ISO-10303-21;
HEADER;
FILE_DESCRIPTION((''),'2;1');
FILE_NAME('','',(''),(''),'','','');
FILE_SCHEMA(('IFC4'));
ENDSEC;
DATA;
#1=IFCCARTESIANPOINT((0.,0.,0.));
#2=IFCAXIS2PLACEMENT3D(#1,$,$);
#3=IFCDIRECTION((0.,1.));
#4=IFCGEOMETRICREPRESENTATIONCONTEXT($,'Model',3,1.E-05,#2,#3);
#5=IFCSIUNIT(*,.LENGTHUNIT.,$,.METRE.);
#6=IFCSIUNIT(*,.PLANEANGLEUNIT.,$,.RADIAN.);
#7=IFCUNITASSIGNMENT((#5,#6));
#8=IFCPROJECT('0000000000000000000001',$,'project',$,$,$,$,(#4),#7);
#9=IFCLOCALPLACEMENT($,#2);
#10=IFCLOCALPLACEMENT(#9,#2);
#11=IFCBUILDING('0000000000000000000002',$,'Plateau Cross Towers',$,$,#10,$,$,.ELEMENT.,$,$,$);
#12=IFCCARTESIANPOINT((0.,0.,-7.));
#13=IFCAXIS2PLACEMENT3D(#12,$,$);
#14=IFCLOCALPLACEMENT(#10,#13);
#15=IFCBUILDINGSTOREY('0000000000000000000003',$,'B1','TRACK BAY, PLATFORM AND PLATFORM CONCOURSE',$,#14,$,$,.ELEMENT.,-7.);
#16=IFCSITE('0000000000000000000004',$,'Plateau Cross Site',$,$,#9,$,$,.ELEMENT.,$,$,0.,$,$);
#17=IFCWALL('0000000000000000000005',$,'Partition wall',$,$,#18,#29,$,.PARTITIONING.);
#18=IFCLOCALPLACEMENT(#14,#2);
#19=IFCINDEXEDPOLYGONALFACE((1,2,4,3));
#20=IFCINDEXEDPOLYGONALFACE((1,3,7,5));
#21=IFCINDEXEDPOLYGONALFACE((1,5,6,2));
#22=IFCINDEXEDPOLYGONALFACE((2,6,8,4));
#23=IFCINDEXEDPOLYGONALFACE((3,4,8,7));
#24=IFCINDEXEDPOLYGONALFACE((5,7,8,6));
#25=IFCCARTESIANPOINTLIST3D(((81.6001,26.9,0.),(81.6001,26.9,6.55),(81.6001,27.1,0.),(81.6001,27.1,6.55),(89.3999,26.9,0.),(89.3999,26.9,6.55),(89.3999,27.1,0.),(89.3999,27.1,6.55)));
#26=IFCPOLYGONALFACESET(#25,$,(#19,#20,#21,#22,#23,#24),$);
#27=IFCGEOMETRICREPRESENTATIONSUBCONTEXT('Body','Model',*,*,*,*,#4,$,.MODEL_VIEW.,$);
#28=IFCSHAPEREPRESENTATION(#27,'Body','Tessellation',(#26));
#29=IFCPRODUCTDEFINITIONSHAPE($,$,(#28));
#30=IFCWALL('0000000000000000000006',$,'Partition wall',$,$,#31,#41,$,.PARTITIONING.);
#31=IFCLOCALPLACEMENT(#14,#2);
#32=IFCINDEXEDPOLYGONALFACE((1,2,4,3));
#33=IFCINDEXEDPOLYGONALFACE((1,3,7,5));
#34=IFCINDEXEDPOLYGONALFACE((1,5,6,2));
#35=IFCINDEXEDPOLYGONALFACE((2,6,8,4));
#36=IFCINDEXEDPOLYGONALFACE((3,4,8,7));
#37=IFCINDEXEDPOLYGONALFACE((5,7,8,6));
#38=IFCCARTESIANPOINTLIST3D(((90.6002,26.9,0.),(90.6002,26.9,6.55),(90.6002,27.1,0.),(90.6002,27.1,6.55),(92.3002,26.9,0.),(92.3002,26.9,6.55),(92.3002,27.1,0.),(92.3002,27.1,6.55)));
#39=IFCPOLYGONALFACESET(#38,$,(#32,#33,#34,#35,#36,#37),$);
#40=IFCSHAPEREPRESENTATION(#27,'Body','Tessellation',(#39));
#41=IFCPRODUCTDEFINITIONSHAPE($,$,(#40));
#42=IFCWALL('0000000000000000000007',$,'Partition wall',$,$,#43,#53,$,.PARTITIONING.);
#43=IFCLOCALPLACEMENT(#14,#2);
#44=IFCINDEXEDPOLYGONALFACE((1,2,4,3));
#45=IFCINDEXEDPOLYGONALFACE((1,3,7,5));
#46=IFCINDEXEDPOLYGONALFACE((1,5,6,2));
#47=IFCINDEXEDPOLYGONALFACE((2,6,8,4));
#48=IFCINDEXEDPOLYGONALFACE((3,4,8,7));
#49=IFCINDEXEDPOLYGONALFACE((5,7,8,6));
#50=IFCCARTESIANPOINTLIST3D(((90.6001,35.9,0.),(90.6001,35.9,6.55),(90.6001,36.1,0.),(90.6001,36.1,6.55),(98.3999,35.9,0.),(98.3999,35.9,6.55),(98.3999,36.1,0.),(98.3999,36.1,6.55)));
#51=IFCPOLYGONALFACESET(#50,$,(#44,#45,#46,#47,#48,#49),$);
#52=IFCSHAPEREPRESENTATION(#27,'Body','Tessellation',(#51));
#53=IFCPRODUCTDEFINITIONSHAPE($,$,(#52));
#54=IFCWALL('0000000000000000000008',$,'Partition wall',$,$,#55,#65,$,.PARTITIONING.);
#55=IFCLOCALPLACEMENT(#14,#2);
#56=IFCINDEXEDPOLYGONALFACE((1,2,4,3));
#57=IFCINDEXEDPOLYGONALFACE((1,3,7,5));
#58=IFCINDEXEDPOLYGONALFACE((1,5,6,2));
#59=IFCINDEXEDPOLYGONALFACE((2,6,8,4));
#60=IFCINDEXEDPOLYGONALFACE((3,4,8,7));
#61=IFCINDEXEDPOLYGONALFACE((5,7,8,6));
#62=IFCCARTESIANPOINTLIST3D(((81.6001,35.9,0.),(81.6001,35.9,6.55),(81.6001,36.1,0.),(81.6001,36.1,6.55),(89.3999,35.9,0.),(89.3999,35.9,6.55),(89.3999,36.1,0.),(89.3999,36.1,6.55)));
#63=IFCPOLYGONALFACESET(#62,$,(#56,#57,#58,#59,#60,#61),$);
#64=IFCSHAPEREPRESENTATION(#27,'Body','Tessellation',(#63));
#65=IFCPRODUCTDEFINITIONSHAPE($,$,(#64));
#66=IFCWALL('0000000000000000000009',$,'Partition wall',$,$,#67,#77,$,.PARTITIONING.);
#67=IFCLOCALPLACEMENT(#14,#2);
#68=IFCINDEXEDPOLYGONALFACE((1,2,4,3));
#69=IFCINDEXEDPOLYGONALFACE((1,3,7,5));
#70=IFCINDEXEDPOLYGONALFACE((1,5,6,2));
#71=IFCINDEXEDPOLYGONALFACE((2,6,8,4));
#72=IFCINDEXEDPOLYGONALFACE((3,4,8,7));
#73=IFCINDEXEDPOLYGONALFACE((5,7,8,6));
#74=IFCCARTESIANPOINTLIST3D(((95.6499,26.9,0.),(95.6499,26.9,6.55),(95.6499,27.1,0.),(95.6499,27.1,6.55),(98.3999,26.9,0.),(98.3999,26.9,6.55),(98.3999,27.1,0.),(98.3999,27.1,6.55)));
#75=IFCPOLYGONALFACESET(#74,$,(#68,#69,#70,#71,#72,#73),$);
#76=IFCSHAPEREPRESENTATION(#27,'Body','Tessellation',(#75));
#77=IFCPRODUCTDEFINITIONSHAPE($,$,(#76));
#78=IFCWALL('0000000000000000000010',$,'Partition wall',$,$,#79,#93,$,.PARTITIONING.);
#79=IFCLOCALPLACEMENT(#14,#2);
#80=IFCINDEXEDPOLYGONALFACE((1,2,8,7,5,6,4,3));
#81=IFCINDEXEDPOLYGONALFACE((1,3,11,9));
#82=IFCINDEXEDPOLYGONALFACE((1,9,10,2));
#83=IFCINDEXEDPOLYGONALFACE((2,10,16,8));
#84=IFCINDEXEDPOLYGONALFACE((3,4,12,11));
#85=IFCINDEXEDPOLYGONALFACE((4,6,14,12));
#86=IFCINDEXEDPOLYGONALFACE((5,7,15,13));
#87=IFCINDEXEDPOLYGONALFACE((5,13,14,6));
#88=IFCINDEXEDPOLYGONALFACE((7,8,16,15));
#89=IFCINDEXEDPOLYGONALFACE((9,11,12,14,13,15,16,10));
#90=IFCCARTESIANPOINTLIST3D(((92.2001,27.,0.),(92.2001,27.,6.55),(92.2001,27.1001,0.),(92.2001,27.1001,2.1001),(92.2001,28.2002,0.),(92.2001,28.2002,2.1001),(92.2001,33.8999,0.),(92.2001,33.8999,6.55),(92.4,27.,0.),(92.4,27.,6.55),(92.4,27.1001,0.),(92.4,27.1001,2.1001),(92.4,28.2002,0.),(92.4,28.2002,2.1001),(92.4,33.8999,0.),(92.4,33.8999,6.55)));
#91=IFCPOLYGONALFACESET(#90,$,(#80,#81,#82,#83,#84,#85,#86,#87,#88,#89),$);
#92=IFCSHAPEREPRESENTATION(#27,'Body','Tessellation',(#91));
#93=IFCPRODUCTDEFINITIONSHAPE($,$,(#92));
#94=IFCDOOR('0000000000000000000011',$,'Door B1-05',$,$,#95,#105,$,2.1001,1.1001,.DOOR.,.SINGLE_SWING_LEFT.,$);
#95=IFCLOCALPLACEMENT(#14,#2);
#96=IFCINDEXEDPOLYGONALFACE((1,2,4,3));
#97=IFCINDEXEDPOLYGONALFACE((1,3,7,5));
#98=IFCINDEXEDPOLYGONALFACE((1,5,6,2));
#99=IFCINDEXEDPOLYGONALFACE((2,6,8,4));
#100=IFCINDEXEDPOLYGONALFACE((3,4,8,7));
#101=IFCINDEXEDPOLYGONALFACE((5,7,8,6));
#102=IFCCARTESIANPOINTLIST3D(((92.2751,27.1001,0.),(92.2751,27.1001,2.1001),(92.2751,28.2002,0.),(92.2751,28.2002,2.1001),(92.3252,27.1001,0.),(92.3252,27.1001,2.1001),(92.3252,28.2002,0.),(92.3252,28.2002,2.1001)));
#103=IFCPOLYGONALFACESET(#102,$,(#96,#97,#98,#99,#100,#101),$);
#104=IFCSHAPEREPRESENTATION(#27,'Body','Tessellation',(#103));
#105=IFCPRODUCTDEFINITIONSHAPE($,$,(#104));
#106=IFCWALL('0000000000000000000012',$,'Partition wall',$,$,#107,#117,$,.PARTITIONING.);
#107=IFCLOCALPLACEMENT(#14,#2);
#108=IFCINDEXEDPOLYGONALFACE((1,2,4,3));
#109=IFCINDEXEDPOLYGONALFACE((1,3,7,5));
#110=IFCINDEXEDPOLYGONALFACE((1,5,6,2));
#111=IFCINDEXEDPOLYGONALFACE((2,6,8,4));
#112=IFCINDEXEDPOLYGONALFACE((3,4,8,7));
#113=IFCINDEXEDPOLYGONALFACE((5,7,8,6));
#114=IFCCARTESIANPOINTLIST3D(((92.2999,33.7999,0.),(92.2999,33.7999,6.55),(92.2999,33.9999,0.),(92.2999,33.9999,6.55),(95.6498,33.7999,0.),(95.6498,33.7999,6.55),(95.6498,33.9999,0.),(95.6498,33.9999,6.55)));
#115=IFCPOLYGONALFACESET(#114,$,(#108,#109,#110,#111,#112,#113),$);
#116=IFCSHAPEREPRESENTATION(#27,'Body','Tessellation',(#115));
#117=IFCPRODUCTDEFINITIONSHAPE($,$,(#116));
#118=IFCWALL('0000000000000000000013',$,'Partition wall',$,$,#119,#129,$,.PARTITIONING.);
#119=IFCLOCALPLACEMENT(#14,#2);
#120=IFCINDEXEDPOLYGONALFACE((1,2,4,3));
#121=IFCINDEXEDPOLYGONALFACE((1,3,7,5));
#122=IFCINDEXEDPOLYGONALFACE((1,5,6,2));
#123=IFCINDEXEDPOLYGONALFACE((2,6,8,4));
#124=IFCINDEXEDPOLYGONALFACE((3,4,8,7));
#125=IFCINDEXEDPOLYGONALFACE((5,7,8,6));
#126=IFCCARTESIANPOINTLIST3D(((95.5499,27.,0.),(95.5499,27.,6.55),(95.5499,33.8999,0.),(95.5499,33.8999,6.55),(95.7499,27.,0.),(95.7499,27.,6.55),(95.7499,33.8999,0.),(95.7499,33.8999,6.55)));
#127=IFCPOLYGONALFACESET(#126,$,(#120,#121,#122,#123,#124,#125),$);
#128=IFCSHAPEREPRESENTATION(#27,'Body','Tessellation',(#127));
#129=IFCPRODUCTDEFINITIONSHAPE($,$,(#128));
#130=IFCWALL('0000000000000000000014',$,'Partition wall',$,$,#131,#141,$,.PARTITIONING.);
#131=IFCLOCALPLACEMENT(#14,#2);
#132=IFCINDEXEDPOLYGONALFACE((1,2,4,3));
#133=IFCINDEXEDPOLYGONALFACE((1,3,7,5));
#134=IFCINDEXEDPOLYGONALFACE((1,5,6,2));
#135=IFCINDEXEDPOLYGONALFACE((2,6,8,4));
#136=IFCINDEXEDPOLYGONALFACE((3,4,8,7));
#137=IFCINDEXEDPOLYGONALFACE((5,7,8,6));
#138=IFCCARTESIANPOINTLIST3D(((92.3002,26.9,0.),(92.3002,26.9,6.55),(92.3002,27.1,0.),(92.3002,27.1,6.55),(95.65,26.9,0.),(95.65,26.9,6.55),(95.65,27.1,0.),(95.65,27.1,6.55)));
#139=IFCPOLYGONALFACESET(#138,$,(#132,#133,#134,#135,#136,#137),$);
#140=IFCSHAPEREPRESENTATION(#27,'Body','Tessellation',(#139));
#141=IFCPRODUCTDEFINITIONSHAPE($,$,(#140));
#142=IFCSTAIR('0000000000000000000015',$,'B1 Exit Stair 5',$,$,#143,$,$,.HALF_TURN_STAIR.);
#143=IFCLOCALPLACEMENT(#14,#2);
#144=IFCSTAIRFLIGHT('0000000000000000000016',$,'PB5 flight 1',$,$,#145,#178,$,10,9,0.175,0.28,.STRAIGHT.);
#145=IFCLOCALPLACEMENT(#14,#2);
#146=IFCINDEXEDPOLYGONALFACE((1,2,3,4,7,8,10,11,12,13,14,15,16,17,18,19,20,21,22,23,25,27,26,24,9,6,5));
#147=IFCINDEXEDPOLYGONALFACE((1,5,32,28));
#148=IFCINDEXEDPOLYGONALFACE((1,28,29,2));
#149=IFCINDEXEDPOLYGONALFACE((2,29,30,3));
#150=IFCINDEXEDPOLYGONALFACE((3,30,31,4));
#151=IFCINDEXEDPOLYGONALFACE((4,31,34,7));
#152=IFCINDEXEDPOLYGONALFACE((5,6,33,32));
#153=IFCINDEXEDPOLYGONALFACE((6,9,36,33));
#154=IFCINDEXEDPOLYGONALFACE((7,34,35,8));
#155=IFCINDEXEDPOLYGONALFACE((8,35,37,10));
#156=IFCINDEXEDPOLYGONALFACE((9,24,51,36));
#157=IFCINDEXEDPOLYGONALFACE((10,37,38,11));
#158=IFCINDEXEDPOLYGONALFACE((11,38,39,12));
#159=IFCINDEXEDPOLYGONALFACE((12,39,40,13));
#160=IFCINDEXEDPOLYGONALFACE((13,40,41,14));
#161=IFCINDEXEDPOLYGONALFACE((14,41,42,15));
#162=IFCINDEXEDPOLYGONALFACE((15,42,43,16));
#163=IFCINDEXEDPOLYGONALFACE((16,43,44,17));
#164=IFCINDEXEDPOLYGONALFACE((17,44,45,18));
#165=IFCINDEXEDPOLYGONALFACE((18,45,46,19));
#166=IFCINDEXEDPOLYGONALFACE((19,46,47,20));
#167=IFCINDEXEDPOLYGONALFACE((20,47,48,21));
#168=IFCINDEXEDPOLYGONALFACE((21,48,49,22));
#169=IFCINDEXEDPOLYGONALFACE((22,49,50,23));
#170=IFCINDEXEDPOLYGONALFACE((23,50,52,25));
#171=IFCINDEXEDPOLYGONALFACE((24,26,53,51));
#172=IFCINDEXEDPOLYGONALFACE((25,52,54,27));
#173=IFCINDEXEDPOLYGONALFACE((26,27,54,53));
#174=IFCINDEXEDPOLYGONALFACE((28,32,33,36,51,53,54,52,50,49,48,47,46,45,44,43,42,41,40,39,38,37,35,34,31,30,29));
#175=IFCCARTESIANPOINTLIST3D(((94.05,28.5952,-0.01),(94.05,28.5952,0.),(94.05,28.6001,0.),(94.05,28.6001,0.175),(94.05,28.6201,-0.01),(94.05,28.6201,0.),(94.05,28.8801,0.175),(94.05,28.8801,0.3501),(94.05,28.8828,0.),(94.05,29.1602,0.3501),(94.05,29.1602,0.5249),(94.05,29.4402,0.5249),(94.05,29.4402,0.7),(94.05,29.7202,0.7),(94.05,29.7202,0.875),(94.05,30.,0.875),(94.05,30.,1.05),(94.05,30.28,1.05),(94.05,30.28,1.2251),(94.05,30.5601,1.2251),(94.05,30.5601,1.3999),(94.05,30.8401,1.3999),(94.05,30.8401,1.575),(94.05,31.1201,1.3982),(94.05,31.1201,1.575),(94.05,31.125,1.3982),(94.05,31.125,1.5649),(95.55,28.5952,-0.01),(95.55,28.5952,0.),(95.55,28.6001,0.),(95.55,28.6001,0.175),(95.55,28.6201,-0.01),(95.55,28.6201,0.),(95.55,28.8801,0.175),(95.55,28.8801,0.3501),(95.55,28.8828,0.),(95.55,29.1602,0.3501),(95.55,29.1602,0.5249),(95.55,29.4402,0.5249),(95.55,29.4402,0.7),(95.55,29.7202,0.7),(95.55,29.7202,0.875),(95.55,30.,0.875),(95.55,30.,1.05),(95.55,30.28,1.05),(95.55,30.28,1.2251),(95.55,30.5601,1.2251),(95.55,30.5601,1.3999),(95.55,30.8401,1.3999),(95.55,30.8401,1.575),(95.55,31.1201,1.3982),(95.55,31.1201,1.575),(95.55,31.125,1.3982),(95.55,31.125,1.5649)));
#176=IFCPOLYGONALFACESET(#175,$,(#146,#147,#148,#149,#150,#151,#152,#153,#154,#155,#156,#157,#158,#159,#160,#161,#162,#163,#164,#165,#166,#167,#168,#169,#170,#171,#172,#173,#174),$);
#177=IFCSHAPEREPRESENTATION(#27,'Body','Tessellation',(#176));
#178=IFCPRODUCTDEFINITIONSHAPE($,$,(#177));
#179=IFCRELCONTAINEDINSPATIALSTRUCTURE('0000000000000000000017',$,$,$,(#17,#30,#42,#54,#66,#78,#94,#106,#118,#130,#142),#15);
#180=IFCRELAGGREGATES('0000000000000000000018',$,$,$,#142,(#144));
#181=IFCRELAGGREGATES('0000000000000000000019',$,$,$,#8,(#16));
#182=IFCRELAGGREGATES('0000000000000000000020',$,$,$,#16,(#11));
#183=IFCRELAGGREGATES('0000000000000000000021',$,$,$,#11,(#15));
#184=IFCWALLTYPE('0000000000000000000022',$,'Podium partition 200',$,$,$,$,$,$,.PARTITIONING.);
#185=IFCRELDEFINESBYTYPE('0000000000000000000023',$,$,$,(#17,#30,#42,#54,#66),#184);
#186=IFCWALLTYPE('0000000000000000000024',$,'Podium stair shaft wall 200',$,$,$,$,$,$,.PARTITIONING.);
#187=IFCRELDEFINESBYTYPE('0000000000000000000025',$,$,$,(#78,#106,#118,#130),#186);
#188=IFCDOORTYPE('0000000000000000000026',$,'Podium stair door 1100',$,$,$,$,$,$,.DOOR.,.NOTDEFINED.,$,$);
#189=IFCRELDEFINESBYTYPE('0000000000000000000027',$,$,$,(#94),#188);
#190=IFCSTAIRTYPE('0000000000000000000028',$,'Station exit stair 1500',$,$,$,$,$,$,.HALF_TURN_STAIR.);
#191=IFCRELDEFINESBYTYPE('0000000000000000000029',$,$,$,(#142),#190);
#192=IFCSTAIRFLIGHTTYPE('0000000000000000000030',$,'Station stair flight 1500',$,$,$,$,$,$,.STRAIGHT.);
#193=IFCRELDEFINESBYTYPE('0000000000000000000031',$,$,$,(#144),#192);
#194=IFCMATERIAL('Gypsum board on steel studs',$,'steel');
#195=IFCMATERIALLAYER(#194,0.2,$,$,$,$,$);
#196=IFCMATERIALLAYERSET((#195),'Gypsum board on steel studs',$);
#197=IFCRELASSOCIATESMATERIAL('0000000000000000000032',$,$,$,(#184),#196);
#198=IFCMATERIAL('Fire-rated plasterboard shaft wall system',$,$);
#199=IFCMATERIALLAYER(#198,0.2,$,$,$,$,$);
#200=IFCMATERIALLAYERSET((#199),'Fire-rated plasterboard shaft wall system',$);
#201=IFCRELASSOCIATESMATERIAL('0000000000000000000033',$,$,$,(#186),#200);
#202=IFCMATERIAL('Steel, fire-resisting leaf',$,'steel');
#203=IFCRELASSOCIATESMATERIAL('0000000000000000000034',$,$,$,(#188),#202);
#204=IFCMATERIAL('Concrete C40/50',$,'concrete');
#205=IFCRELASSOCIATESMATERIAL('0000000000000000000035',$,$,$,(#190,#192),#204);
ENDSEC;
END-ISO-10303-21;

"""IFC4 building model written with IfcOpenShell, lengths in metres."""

from ifc_helpers import new_model, si_unit, direction, frame, frame_2d, origin, place, context, subcontext, project, spatial, polyline, rectangle, outline, extrude, material, layer, layer_set, type_object, element, fill, aggregate, save


model = new_model("IFC4")

# Units and contexts
model_context = context("Model", 3, precision=1e-05, world=origin(), true_north=direction((0.0, 1.0)))
body_context = subcontext(model_context, "Body", "Model", "MODEL_VIEW")
ifc_project = project(units=[si_unit("LENGTHUNIT", "METRE"), si_unit("PLANEANGLEUNIT", "RADIAN")], contexts=[model_context])

# Site, building, storey
site_placement = place(None, origin())
site = spatial("IfcSite", under=ifc_project, at=site_placement, Name="Plateau Cross Site", CompositionType="ELEMENT", RefElevation=0.0)
building_placement = place(site_placement, origin())
building = spatial("IfcBuilding", under=site, at=building_placement, Name="Plateau Cross Towers", CompositionType="ELEMENT")
storey_placement = place(building_placement, frame((0.0, 0.0, -7.0)))
storey = spatial("IfcBuildingStorey", under=building, at=storey_placement, Name="B1", Description="TRACK BAY, PLATFORM AND PLATFORM CONCOURSE", CompositionType="ELEMENT", Elevation=-7.0)

# Shared definitions
ifc_material_1 = material(Name="Concrete C40/50", Category="concrete")

# Walls
ifc_material_2 = material(Name="Gypsum board on steel studs", Category="steel")
ifc_layer_1 = layer(ifc_material_2, 0.2)
ifc_layer_set_1 = layer_set([ifc_layer_1], Name="Gypsum board on steel studs")
wall_type_1 = type_object("IfcWallType", Name="Podium partition 200", PredefinedType="PARTITIONING", material=ifc_layer_set_1)
wall_1_placement = place(storey_placement, frame((81.6001, 27.0, 0.0), z_axis=(0.0, 0.0, 1.0), x_axis=(1.0, 0.0, 0.0)))
element("IfcWall", 1, at=wall_1_placement, inside=storey, type_object=wall_type_1, Name="Partition wall", PredefinedType="PARTITIONING", context=body_context, shape_type="SweptSolid", body=[
    extrude(rectangle(XDim=7.7998, YDim=0.2, at=frame_2d((3.8999, 0.0))), origin(), (0.0, 0.0, 1.0), 6.55),
])
wall_2_placement = place(storey_placement, frame((90.6001, 27.0, 0.0), z_axis=(0.0, 0.0, 1.0), x_axis=(1.0, 0.0, 0.0)))
element("IfcWall", 2, at=wall_2_placement, inside=storey, type_object=wall_type_1, Name="Partition wall", PredefinedType="PARTITIONING", context=body_context, shape_type="SweptSolid", body=[
    extrude(rectangle(XDim=1.7, YDim=0.2, at=frame_2d((0.8501, 0.0))), origin(), (0.0, 0.0, 1.0), 6.55),
])
for number, where, z_axis, x_axis, name in (
    (3, (98.3999, 36.0, 0.0), (0.0, 0.0, 1.0), (-1.0, 0.0, 0.0), "Partition wall"),
    (4, (89.3999, 36.0, 0.0), (0.0, 0.0, 1.0), (-1.0, 0.0, 0.0), "Partition wall"),
):
    element("IfcWall", number, at=place(storey_placement, frame(where, z_axis=z_axis, x_axis=x_axis)), inside=storey, type_object=wall_type_1, Name=name, PredefinedType="PARTITIONING", context=body_context, shape_type="SweptSolid", body=[
        extrude(rectangle(XDim=7.7998, YDim=0.2, at=frame_2d((3.8999, 0.0))), origin(), (0.0, 0.0, 1.0), 6.55),
    ])
wall_3_placement = place(storey_placement, frame((95.6499, 27.0, 0.0), z_axis=(0.0, 0.0, 1.0), x_axis=(1.0, 0.0, 0.0)))
element("IfcWall", 5, at=wall_3_placement, inside=storey, type_object=wall_type_1, Name="Partition wall", PredefinedType="PARTITIONING", context=body_context, shape_type="SweptSolid", body=[
    extrude(rectangle(XDim=2.75, YDim=0.2, at=frame_2d((1.375, 0.0))), origin(), (0.0, 0.0, 1.0), 6.55),
])

# Wall, opening, door
ifc_material_3 = material(Name="Fire-rated plasterboard shaft wall system")
ifc_layer_2 = layer(ifc_material_3, 0.2)
ifc_layer_set_2 = layer_set([ifc_layer_2], Name="Fire-rated plasterboard shaft wall system")
wall_type_2 = type_object("IfcWallType", Name="Podium stair shaft wall 200", PredefinedType="PARTITIONING", material=ifc_layer_set_2)
wall_4_placement = place(storey_placement, frame((92.3, 27.0, 0.0), z_axis=(0.0, 0.0, 1.0), x_axis=(0.0, 1.0, 0.0)))
wall_4 = element("IfcWall", 6, at=wall_4_placement, inside=storey, type_object=wall_type_2, Name="Partition wall", PredefinedType="PARTITIONING", context=body_context, shape_type="SweptSolid", body=[
    extrude(rectangle(XDim=6.8999, YDim=0.2, at=frame_2d((3.45, 0.0))), origin(), (0.0, 0.0, 1.0), 6.55),
])
opening_placement = place(wall_4_placement, frame((0.1001, 0.0, 0.0)))
opening = element("IfcOpeningElement", 7, at=opening_placement, cuts=wall_4, PredefinedType="OPENING", context=body_context, shape_type="SweptSolid", body=[
    extrude(rectangle(XDim=1.1001, YDim=2.1001, at=frame_2d((0.55, 1.05))), frame((0.0, 0.1099, 0.0), z_axis=(0.0, -1.0, 0.0), x_axis=(1.0, 0.0, 0.0)), (0.0, 0.0, 1.0), 0.22),
])
ifc_material_4 = material(Name="Steel, fire-resisting leaf", Category="steel")
door_type = type_object("IfcDoorType", Name="Podium stair door 1100", OperationType="NOTDEFINED", PredefinedType="DOOR", material=ifc_material_4)
door_placement = place(opening_placement, origin())
door = element("IfcDoor", 8, at=door_placement, inside=storey, type_object=door_type, Name="Door B1-05", OperationType="SINGLE_SWING_LEFT", OverallHeight=2.1001, OverallWidth=1.1001, PredefinedType="DOOR", context=body_context, shape_type="SweptSolid", body=[
    extrude(rectangle(XDim=1.1001, YDim=2.1001, at=frame_2d((0.55, 1.05))), frame((0.0, 0.0249, 0.0), z_axis=(0.0, -1.0, 0.0), x_axis=(1.0, 0.0, 0.0)), (0.0, 0.0, 1.0), 0.05),
])
fill(opening, door)

# Walls
wall_5_placement = place(storey_placement, frame((92.3, 33.8999, 0.0), z_axis=(0.0, 0.0, 1.0), x_axis=(1.0, 0.0, 0.0)))
element("IfcWall", 9, at=wall_5_placement, inside=storey, type_object=wall_type_2, Name="Partition wall", PredefinedType="PARTITIONING", context=body_context, shape_type="SweptSolid", body=[
    extrude(rectangle(XDim=3.3499, YDim=0.2, at=frame_2d((1.6748, 0.0))), origin(), (0.0, 0.0, 1.0), 6.55),
])
wall_6_placement = place(storey_placement, frame((95.6499, 33.8999, 0.0), z_axis=(0.0, 0.0, 1.0), x_axis=(0.0, -1.0, 0.0)))
element("IfcWall", 10, at=wall_6_placement, inside=storey, type_object=wall_type_2, Name="Partition wall", PredefinedType="PARTITIONING", context=body_context, shape_type="SweptSolid", body=[
    extrude(rectangle(XDim=6.8999, YDim=0.2, at=frame_2d((3.45, 0.0))), origin(), (0.0, 0.0, 1.0), 6.55),
])
wall_7_placement = place(storey_placement, frame((95.6499, 27.0, 0.0), z_axis=(0.0, 0.0, 1.0), x_axis=(-1.0, 0.0, 0.0)))
element("IfcWall", 11, at=wall_7_placement, inside=storey, type_object=wall_type_2, Name="Partition wall", PredefinedType="PARTITIONING", context=body_context, shape_type="SweptSolid", body=[
    extrude(rectangle(XDim=3.3499, YDim=0.2, at=frame_2d((1.6748, 0.0))), origin(), (0.0, 0.0, 1.0), 6.55),
])

# Stair, stair flight
stair_type = type_object("IfcStairType", Name="Station exit stair 1500", PredefinedType="HALF_TURN_STAIR", material=ifc_material_1)
stair_placement = place(storey_placement, origin())
stair = element("IfcStair", 12, at=stair_placement, inside=storey, type_object=stair_type, Name="B1 Exit Stair 5", PredefinedType="HALF_TURN_STAIR")
stair_flight_type = type_object("IfcStairFlightType", Name="Station stair flight 1500", PredefinedType="STRAIGHT", material=ifc_material_1)
stair_flight_1_placement = place(storey_placement, frame((94.8, 28.6001, 0.0), z_axis=(0.0, 0.0, 1.0), x_axis=(0.0, 1.0, 0.0)))
stair_flight_1 = element("IfcStairFlight", 13, at=stair_flight_1_placement, type_object=stair_flight_type, Name="PB5 flight 1", NumberOfRisers=10, NumberOfTreads=9, PredefinedType="STRAIGHT", RiserHeight=0.175, TreadLength=0.28, context=body_context, shape_type="SweptSolid", body=[
    extrude(outline(polyline([(-0.0049, -0.01), (-0.0049, 0.0), (0.0, 0.0), (0.0, 0.175), (0.28, 0.175), (0.28, 0.3501), (0.5601, 0.3501), (0.5601, 0.5249), (0.8401, 0.5249), (0.8401, 0.7), (1.1201, 0.7), (1.1201, 0.875), (1.3999, 0.875), (1.3999, 1.05), (1.6799, 1.05), (1.6799, 1.2251), (1.96, 1.2251), (1.96, 1.3999), (2.24, 1.3999), (2.24, 1.575), (2.52, 1.575), (2.5249, 1.5649), (2.5249, 1.3982), (2.52, 1.3982), (0.2827, 0.0), (0.02, 0.0), (0.02, -0.01), (-0.0049, -0.01)])), frame((0.0, 0.75, 0.0), z_axis=(0.0, -1.0, 0.0), x_axis=(1.0, 0.0, 0.0)), (0.0, 0.0, 1.0), 1.5),
])
aggregate(stair, [stair_flight_1])

save(model, "model.ifc")
